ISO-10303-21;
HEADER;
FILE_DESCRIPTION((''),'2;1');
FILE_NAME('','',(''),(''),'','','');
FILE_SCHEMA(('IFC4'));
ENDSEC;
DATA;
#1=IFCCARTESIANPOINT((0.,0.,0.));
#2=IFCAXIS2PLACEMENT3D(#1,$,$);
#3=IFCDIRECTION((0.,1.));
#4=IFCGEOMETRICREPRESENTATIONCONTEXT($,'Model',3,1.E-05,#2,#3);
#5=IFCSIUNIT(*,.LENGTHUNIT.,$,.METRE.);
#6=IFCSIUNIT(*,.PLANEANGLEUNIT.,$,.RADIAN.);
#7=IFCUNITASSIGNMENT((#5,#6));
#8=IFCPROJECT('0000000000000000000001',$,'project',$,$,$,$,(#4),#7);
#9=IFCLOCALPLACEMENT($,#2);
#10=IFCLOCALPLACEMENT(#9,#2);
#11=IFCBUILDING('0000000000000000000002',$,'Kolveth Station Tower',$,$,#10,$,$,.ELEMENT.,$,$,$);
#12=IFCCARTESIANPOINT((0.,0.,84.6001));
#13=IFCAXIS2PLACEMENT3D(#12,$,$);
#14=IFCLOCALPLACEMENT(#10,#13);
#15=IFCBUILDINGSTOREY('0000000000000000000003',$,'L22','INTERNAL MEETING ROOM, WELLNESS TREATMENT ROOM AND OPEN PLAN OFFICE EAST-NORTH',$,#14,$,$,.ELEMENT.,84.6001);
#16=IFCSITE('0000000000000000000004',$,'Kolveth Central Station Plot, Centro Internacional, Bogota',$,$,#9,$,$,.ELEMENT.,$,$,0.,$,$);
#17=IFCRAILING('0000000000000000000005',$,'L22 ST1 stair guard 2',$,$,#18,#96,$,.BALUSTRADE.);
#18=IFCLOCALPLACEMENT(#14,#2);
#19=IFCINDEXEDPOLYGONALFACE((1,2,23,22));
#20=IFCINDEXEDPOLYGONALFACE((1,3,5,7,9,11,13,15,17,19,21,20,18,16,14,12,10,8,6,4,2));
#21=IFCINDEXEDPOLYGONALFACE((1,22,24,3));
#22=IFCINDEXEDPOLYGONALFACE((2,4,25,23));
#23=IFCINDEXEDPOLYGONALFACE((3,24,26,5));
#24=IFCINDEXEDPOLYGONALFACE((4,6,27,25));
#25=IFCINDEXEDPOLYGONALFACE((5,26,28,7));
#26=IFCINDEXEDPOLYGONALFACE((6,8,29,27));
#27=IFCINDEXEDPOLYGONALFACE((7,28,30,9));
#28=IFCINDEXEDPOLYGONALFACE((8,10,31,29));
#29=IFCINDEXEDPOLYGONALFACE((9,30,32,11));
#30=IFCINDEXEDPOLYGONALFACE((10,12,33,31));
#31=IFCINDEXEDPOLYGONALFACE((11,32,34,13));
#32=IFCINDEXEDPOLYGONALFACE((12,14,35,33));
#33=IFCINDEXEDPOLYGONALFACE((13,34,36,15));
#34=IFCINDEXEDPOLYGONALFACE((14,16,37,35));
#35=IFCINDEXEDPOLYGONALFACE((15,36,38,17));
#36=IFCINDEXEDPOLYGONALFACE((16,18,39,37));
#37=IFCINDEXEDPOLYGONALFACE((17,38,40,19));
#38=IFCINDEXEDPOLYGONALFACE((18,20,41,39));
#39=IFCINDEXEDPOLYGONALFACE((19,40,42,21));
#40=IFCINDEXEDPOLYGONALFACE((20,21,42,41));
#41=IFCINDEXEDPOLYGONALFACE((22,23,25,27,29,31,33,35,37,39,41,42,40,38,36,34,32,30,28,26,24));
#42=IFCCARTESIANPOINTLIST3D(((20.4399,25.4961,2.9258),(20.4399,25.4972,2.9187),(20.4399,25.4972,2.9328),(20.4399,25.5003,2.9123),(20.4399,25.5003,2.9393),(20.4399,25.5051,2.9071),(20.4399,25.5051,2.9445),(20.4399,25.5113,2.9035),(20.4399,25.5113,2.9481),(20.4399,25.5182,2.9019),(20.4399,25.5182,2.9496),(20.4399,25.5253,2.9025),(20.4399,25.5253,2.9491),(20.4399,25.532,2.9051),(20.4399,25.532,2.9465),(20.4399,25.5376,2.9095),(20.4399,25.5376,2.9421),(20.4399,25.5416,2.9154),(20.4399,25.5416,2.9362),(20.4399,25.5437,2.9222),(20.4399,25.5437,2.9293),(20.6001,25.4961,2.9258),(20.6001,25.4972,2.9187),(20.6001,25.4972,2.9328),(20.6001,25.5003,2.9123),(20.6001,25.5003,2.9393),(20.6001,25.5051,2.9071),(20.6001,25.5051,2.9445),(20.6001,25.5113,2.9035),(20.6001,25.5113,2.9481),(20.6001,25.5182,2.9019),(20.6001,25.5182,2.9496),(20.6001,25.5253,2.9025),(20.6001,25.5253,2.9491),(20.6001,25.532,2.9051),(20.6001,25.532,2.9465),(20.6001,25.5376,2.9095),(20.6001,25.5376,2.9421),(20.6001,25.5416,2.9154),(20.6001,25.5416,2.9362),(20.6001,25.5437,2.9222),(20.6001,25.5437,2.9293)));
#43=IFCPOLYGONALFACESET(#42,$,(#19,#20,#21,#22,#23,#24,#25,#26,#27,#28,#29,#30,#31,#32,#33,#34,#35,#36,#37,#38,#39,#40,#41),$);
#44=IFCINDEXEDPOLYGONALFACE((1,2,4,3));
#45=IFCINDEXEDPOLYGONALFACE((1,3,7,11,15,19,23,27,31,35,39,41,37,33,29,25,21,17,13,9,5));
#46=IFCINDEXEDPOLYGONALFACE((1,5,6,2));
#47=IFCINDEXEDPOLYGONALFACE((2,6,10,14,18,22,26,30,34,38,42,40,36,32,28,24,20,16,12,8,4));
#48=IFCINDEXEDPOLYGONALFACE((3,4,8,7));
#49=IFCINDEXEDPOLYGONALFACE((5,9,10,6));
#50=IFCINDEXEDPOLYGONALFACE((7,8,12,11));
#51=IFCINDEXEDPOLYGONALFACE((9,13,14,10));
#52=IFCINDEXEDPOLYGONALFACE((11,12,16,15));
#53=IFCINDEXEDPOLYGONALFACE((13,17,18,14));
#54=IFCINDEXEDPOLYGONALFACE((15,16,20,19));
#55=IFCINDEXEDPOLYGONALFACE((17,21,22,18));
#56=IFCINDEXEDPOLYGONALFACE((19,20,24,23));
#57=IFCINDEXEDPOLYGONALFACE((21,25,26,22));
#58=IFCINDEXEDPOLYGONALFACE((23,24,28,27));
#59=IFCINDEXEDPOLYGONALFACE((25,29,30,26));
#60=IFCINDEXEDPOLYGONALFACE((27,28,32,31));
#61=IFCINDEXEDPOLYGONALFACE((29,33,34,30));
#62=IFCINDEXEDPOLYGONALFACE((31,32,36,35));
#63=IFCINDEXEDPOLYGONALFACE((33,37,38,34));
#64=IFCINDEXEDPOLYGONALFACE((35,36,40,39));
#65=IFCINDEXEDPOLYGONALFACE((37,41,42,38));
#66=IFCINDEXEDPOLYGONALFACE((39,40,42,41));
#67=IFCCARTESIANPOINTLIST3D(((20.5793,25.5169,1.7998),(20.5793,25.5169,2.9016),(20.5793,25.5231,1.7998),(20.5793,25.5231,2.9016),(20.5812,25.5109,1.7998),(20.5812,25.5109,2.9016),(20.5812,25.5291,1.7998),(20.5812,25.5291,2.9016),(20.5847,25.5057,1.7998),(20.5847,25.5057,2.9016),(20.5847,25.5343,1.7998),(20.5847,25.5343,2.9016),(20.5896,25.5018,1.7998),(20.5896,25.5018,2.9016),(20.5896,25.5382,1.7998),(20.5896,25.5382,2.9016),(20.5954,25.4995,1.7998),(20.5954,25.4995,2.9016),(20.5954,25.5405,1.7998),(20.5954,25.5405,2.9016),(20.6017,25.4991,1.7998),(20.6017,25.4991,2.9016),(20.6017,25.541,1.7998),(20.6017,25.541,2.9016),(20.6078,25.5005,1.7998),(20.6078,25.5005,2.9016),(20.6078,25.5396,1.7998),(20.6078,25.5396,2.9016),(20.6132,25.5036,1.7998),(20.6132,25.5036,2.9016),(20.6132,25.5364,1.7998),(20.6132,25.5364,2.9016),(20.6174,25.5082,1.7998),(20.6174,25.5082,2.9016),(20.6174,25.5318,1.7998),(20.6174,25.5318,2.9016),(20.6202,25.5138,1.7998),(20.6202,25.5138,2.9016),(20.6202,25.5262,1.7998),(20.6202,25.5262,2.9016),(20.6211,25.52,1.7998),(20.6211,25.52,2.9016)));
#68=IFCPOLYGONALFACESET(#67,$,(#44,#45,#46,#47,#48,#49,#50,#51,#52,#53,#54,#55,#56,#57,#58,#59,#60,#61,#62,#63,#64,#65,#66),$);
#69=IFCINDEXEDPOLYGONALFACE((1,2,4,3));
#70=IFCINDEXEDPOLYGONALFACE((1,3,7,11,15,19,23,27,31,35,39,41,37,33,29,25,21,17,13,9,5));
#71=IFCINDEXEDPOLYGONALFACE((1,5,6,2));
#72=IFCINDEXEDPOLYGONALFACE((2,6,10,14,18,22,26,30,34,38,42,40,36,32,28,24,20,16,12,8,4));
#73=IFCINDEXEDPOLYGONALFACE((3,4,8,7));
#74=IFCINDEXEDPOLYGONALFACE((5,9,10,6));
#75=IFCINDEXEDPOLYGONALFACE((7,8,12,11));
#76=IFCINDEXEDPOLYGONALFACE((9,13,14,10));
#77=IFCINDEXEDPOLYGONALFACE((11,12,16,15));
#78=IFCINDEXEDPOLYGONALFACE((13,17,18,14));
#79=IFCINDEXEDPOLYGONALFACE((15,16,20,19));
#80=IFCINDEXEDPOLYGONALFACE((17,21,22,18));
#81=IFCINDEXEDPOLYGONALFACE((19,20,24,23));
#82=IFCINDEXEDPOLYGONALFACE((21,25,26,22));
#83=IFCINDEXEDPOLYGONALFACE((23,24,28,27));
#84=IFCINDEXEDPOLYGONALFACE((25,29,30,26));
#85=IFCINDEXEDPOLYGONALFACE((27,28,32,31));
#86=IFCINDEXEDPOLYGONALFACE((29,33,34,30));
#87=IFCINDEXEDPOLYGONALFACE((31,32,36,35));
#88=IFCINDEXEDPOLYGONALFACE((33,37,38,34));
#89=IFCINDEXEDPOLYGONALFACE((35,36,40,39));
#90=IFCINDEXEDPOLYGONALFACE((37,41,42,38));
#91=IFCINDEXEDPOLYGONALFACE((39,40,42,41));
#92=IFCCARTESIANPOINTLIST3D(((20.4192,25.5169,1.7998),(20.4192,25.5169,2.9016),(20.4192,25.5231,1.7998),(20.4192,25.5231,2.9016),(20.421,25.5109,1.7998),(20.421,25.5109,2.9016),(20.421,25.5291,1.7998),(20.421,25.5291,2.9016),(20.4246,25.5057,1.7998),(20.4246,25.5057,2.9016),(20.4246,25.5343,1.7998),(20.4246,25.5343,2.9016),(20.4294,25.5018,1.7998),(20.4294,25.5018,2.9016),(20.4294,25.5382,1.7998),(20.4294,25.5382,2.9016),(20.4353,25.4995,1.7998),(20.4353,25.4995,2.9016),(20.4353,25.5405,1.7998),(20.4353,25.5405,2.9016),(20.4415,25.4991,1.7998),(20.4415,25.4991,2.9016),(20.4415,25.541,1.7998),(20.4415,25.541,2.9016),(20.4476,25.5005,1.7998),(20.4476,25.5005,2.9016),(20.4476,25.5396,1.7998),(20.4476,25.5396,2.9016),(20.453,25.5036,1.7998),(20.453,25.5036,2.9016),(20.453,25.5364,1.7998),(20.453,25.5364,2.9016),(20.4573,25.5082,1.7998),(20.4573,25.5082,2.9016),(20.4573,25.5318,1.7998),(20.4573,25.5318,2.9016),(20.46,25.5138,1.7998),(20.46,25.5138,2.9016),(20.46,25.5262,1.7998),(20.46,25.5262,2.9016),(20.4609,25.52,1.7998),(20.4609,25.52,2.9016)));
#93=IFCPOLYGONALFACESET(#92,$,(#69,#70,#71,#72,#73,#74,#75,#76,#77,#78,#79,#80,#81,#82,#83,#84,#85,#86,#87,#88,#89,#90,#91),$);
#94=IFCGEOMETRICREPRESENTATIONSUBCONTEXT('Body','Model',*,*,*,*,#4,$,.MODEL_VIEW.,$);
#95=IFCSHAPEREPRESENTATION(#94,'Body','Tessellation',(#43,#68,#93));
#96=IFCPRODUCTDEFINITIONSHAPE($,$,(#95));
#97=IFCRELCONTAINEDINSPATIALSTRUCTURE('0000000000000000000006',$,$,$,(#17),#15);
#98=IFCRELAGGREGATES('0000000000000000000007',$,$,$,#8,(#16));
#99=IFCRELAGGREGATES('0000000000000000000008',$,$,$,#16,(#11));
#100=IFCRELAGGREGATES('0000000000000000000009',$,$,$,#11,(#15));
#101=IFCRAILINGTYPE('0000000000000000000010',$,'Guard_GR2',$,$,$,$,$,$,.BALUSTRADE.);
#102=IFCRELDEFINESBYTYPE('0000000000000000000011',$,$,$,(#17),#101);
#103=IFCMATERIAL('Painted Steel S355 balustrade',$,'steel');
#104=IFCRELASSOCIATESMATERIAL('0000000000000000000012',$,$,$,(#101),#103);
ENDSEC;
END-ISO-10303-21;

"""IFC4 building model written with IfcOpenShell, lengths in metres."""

from ifc_helpers import new_model, si_unit, direction, frame, origin, origin_2d, place, context, subcontext, project, spatial, circle, extrude, material, type_object, element, save


model = new_model("IFC4")

# Units and contexts
model_context = context("Model", 3, precision=1e-05, world=origin(), true_north=direction((0.0, 1.0)))
body_context = subcontext(model_context, "Body", "Model", "MODEL_VIEW")
ifc_project = project(units=[si_unit("LENGTHUNIT", "METRE"), si_unit("PLANEANGLEUNIT", "RADIAN")], contexts=[model_context])

# Site, building, storey
site_placement = place(None, origin())
site = spatial("IfcSite", under=ifc_project, at=site_placement, Name="Kolveth Central Station Plot, Centro Internacional, Bogota", CompositionType="ELEMENT", RefElevation=0.0)
building_placement = place(site_placement, origin())
building = spatial("IfcBuilding", under=site, at=building_placement, Name="Kolveth Station Tower", CompositionType="ELEMENT")
storey_placement = place(building_placement, frame((0.0, 0.0, 84.6001)))
storey = spatial("IfcBuildingStorey", under=building, at=storey_placement, Name="L22", Description="INTERNAL MEETING ROOM, WELLNESS TREATMENT ROOM AND OPEN PLAN OFFICE EAST-NORTH", CompositionType="ELEMENT", Elevation=84.6001)

# Railing
ifc_material_1 = material(Name="Painted Steel S355 balustrade", Category="steel")
railing_type_1 = type_object("IfcRailingType", Name="Guard_GR2", PredefinedType="BALUSTRADE", material=ifc_material_1)
railing_1_placement = place(storey_placement, frame((20.6001, 25.52, 1.7998)))
element("IfcRailing", 1, at=railing_1_placement, inside=storey, type_object=railing_type_1, Name="L22 ST1 stair guard 2", PredefinedType="BALUSTRADE", context=body_context, shape_type="SweptSolid", body=[
    extrude(circle(Radius=0.0239, at=origin_2d()), frame((0.0, 0.0, 1.126), z_axis=(-1.0, 0.0, 0.0), x_axis=(0.0, -1.0, 0.0)), (0.0, 0.0, 1.0), 0.1602),
    extrude(circle(Radius=0.021, at=origin_2d()), origin(), (0.0, 0.0, 1.0), 1.1018),
    extrude(circle(Radius=0.021, at=origin_2d()), frame((-0.1602, 0.0, 0.0)), (0.0, 0.0, 1.0), 1.1018),
])

save(model, "model.ifc")
